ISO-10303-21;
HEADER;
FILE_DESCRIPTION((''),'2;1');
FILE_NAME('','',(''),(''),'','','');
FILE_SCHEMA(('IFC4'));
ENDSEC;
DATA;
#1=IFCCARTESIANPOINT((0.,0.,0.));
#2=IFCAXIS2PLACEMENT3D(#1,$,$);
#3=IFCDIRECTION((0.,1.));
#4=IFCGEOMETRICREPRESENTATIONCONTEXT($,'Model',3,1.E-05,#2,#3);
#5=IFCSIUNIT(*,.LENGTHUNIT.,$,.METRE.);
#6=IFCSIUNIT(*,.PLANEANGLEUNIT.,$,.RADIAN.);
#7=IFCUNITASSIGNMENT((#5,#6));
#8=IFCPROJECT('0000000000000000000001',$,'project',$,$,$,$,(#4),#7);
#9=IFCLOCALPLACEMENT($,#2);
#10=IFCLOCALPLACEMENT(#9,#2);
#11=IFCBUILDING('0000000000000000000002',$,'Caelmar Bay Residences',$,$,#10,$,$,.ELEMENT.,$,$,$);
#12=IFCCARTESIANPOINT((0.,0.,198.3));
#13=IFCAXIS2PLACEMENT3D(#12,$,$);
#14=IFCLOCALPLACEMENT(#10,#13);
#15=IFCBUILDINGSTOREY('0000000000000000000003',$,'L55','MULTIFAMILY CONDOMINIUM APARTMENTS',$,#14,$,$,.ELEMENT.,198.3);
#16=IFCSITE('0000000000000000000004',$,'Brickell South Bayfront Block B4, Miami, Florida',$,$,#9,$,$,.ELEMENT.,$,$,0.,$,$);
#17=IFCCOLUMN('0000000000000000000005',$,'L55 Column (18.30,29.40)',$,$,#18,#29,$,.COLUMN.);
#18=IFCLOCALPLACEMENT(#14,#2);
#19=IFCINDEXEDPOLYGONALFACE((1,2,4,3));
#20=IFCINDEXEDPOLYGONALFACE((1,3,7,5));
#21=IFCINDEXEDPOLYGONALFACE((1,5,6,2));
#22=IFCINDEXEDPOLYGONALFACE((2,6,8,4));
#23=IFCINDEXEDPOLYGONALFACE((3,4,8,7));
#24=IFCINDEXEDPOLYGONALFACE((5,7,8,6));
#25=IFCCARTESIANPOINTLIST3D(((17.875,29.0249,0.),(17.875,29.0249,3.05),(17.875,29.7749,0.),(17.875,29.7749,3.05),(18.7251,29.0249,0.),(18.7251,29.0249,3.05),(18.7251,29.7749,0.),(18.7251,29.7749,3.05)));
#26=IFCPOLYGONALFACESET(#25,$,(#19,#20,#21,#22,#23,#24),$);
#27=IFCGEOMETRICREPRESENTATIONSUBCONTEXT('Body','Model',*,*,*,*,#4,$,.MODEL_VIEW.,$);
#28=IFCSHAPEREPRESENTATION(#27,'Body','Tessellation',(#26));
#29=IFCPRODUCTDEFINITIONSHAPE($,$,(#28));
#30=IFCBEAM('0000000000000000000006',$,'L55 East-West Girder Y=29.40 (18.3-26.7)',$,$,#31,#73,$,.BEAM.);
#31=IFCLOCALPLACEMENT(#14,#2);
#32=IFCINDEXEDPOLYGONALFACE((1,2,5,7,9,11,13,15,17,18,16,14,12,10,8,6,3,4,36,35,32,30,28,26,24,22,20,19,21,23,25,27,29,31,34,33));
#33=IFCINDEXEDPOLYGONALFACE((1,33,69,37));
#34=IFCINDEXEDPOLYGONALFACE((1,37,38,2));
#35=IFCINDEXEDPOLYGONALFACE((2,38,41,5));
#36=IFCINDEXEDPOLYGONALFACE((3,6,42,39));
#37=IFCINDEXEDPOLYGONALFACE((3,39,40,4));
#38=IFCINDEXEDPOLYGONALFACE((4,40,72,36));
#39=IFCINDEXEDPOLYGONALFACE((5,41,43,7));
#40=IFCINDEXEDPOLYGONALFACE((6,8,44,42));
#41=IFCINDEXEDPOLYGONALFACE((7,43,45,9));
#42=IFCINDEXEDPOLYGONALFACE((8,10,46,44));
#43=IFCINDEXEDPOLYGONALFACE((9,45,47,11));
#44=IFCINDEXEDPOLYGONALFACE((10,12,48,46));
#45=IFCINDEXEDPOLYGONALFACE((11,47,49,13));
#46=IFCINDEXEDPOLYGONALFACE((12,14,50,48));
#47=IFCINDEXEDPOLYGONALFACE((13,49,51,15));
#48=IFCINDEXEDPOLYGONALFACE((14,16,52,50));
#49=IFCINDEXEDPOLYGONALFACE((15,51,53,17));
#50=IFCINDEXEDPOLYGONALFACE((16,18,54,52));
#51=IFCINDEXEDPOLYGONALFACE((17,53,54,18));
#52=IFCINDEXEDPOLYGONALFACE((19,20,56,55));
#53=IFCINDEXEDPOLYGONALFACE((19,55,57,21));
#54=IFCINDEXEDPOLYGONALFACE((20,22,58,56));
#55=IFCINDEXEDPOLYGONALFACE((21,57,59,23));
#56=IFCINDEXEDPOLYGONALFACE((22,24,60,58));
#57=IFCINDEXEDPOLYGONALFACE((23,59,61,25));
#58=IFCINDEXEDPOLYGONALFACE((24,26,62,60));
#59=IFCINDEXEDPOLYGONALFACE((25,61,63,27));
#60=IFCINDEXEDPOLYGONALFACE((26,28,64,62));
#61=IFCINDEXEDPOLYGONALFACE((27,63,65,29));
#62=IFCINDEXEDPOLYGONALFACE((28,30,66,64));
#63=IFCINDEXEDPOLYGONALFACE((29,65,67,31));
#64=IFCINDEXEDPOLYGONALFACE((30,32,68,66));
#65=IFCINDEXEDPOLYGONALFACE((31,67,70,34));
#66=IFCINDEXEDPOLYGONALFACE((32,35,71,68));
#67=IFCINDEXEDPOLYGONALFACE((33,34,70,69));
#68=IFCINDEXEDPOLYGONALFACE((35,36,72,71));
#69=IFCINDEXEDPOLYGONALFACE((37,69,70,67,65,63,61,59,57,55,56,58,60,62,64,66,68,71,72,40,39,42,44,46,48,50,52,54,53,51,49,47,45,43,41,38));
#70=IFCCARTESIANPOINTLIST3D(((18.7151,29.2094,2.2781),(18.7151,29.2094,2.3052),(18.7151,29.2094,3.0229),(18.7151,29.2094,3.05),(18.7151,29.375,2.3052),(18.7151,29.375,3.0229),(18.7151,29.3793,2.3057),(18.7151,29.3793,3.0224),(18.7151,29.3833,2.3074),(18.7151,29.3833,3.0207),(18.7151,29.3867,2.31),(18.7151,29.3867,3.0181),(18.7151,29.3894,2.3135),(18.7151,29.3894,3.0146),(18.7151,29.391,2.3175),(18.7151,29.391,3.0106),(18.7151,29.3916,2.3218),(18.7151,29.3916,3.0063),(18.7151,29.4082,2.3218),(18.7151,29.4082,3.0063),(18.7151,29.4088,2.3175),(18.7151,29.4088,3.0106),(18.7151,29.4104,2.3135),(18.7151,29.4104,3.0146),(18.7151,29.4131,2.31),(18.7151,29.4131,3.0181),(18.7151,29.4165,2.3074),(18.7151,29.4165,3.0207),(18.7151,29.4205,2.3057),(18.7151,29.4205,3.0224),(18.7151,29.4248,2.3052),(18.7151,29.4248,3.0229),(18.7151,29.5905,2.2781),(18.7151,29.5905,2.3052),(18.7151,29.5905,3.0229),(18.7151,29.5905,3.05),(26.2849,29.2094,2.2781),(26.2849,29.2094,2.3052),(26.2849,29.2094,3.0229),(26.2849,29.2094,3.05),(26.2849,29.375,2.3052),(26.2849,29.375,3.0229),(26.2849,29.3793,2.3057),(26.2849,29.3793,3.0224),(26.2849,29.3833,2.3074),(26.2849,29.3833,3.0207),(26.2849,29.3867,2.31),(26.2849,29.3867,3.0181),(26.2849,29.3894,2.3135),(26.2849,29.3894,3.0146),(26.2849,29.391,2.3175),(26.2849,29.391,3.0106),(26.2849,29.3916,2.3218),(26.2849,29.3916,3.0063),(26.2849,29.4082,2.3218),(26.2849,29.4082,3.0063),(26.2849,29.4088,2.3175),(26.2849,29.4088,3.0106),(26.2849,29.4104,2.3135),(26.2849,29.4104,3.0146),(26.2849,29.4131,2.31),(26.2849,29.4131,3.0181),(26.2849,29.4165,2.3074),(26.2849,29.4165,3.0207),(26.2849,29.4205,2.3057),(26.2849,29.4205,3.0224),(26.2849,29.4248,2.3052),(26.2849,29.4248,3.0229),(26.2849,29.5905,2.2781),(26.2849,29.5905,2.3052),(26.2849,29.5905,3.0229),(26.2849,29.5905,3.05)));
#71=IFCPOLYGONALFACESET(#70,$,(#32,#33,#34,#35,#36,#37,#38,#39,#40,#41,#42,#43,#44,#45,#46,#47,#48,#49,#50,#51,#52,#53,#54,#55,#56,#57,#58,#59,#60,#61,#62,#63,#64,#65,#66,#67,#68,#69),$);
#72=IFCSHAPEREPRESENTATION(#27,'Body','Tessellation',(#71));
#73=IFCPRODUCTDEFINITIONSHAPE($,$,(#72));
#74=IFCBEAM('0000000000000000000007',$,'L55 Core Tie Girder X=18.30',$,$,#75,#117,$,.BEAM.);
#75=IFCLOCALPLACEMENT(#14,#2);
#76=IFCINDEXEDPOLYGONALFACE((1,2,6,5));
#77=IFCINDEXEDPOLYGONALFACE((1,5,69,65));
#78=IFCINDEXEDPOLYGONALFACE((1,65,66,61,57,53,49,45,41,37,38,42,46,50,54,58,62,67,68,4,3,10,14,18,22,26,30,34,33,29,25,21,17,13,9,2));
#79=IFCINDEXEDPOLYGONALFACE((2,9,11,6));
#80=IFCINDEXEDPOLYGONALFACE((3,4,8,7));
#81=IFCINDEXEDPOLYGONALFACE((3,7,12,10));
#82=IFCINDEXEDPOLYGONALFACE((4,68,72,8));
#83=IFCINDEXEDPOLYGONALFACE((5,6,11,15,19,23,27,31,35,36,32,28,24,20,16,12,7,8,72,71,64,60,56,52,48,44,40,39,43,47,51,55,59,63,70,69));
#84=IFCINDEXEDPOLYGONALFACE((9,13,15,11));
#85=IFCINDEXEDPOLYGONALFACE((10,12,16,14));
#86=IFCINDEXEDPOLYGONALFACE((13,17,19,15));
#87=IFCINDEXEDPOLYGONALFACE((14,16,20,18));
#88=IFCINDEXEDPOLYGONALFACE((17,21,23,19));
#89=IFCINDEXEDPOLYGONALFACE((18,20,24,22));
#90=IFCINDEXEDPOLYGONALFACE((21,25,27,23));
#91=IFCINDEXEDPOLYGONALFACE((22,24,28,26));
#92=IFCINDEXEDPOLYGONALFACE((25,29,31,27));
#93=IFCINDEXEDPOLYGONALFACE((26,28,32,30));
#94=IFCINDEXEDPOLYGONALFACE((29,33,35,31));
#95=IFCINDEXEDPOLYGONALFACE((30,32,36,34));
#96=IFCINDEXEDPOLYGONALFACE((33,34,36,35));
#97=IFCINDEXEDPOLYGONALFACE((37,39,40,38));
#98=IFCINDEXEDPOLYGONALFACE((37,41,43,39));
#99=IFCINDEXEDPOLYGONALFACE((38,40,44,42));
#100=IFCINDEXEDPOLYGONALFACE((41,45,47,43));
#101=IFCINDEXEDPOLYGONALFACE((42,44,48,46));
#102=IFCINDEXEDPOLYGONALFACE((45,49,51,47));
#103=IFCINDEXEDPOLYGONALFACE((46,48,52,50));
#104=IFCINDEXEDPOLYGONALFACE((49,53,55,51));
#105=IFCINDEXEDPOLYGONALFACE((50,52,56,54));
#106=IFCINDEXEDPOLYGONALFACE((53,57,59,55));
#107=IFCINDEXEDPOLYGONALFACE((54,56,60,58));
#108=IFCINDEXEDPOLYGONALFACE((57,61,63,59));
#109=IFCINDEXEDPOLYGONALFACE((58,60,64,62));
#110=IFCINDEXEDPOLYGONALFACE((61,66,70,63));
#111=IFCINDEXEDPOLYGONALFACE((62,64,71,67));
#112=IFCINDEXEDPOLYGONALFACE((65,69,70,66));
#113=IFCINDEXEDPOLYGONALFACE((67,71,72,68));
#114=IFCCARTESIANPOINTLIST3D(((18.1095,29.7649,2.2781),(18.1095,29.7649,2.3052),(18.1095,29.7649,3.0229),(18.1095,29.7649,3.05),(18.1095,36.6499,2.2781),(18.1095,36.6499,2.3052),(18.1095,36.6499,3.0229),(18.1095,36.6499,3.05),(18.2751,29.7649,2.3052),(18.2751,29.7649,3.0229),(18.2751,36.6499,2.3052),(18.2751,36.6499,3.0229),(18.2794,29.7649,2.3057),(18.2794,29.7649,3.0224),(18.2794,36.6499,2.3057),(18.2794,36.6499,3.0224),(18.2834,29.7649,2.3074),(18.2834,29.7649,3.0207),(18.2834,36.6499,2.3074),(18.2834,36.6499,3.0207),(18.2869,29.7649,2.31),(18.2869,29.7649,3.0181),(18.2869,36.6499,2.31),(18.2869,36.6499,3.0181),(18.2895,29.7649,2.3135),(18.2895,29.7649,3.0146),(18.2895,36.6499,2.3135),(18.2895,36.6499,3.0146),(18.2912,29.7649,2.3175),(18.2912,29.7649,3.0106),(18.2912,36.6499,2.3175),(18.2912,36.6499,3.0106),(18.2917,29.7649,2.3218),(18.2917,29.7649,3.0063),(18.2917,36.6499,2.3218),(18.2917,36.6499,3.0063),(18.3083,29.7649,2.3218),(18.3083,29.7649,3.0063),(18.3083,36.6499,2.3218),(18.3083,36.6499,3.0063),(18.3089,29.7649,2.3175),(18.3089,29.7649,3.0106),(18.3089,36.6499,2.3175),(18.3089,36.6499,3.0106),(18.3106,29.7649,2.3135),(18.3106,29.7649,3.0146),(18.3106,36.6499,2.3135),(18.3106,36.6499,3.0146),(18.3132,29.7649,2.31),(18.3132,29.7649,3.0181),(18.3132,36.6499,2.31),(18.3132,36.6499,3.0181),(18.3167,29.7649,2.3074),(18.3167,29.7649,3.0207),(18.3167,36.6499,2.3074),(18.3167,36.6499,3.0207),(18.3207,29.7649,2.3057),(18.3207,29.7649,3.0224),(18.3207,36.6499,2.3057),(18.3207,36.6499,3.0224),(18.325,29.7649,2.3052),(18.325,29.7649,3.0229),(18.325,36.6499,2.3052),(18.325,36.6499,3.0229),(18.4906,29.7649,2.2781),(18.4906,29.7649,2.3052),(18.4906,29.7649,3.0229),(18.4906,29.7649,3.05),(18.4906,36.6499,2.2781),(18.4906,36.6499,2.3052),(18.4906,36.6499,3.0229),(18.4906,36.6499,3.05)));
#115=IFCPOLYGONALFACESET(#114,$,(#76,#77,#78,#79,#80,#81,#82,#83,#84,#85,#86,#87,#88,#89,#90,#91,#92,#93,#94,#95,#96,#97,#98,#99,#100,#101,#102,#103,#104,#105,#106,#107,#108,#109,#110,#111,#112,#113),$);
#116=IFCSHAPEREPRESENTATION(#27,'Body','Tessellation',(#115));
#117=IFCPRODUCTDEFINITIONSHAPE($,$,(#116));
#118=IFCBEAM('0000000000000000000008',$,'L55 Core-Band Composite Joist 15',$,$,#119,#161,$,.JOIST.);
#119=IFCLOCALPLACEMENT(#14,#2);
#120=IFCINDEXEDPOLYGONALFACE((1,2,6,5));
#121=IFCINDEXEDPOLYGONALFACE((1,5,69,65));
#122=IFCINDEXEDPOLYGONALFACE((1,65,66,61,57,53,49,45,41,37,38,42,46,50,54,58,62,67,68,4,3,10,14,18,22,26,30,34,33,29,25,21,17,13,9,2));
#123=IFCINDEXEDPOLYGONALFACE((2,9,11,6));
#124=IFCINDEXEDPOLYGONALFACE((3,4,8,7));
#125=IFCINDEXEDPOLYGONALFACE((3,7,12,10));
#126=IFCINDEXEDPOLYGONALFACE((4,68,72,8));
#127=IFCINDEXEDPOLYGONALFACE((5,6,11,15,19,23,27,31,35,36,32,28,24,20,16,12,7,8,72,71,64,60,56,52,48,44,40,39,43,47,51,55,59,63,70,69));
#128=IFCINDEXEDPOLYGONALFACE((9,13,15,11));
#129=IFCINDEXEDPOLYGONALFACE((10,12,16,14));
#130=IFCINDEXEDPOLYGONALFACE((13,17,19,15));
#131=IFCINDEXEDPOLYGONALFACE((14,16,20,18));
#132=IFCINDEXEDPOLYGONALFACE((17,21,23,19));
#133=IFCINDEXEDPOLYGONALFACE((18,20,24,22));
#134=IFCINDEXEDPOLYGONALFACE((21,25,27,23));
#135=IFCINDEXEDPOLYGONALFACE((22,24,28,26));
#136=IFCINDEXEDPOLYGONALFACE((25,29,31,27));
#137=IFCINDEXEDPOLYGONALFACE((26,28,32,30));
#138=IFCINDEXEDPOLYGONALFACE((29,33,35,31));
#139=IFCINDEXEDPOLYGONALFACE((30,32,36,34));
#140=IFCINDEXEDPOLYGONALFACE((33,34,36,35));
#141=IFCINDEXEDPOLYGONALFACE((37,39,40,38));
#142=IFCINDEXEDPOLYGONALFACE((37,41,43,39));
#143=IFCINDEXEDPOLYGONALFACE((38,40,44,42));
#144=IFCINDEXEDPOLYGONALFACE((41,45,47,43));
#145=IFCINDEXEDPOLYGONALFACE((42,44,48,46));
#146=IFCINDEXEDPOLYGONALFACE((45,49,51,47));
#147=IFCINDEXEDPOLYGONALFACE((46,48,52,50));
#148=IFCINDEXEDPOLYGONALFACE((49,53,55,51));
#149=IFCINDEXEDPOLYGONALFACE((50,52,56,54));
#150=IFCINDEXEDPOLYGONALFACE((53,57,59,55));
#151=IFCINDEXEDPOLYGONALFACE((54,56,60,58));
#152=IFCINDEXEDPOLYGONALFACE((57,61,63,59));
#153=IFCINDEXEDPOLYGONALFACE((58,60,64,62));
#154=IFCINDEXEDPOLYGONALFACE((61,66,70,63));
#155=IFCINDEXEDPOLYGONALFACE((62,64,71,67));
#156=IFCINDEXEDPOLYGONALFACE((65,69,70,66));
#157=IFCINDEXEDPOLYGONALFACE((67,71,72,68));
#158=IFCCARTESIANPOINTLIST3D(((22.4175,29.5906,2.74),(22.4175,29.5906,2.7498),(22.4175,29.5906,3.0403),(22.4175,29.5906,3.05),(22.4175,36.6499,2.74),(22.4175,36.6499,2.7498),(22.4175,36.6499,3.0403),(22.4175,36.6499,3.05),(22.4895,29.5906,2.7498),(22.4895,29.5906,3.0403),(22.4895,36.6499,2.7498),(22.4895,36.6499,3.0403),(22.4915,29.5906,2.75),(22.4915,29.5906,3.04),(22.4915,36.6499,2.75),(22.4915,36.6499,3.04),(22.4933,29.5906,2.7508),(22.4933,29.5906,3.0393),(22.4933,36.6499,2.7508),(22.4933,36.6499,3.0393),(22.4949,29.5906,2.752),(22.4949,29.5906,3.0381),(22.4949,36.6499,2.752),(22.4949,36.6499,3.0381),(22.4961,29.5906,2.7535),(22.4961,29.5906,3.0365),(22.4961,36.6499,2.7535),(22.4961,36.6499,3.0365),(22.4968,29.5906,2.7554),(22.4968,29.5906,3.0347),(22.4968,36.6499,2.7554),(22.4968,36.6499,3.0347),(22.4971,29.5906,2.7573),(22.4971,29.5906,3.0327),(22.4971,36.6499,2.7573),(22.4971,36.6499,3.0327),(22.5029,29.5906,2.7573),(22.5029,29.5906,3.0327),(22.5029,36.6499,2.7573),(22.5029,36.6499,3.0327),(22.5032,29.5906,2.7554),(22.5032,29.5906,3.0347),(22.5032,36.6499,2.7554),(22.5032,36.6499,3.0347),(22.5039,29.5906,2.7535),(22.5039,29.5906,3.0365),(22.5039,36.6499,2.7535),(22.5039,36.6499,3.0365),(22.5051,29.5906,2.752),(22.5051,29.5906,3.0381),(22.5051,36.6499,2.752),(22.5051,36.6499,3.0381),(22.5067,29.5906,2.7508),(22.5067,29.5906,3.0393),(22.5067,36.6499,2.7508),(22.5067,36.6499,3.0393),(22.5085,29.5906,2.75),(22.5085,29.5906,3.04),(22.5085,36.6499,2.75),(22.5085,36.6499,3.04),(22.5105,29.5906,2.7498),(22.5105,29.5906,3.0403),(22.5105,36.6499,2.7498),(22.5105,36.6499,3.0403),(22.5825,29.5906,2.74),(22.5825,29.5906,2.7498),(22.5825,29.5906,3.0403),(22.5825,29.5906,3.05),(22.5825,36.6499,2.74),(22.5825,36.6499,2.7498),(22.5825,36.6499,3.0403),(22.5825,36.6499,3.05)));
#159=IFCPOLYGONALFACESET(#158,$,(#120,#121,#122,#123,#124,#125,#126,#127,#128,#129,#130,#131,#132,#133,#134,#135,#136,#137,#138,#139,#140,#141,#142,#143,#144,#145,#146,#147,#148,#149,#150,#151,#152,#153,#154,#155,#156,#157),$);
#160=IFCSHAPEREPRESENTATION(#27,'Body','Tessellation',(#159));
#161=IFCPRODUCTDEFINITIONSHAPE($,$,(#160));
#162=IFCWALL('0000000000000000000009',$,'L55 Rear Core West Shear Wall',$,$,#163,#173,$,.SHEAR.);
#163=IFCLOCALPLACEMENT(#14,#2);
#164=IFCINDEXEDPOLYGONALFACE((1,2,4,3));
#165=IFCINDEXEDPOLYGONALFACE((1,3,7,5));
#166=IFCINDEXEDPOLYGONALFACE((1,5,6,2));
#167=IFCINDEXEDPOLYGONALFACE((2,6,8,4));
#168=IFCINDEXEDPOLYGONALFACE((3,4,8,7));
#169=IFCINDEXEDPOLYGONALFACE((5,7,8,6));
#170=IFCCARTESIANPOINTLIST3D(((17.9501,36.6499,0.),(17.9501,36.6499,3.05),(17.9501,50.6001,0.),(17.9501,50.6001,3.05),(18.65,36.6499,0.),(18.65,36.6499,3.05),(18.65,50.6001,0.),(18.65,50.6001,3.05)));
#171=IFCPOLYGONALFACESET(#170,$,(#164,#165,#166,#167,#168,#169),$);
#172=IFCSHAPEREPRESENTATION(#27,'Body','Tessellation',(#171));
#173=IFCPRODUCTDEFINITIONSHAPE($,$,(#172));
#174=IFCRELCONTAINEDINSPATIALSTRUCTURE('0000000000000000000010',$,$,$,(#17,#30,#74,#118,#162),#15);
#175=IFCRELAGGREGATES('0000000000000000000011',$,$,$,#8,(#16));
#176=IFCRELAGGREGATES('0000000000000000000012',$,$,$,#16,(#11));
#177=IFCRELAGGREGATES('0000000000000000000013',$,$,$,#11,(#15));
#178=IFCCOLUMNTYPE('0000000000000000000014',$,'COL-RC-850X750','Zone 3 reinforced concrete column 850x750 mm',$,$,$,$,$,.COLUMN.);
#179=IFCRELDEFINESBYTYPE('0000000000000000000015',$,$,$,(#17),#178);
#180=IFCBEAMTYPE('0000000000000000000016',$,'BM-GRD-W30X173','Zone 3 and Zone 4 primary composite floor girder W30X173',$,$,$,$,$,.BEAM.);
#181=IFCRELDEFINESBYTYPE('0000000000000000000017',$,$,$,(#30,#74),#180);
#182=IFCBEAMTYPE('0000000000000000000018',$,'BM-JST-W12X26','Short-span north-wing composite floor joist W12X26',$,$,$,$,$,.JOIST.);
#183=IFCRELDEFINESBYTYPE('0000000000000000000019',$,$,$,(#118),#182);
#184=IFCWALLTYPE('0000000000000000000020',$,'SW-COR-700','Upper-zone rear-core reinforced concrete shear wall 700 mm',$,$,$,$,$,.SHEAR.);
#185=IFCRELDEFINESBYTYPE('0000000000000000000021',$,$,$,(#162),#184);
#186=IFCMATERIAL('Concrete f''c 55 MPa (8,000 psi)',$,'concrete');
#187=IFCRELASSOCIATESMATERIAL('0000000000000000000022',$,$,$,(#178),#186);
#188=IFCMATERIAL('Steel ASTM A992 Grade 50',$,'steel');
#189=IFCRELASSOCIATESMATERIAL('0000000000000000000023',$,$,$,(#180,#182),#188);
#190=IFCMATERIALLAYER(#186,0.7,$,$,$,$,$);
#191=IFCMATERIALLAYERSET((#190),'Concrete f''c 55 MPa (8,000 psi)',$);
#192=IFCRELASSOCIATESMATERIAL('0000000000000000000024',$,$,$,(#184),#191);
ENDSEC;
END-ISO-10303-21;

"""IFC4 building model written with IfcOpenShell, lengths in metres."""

from ifc_helpers import new_model, si_unit, direction, frame, frame_2d, origin, origin_2d, place, context, subcontext, project, spatial, rectangle, i_section, extrude, material, layer, layer_set, material_profile, profile_set, type_object, element, save


model = new_model("IFC4")

# Units and contexts
model_context = context("Model", 3, precision=1e-05, world=origin(), true_north=direction((0.0, 1.0)))
body_context = subcontext(model_context, "Body", "Model", "MODEL_VIEW")
ifc_project = project(units=[si_unit("LENGTHUNIT", "METRE"), si_unit("PLANEANGLEUNIT", "RADIAN")], contexts=[model_context])

# Site, building, storey
site_placement = place(None, origin())
site = spatial("IfcSite", under=ifc_project, at=site_placement, Name="Brickell South Bayfront Block B4, Miami, Florida", CompositionType="ELEMENT", RefElevation=0.0)
building_placement = place(site_placement, origin())
building = spatial("IfcBuilding", under=site, at=building_placement, Name="Caelmar Bay Residences", CompositionType="ELEMENT")
storey_placement = place(building_placement, frame((0.0, 0.0, 198.3)))
storey = spatial("IfcBuildingStorey", under=building, at=storey_placement, Name="L55", Description="MULTIFAMILY CONDOMINIUM APARTMENTS", CompositionType="ELEMENT", Elevation=198.3)

# Column
ifc_material_1 = material(Name="Concrete f'c 55 MPa (8,000 psi)", Category="concrete")
ifc_material_profile_1 = material_profile(ifc_material_1, rectangle(XDim=0.8501, YDim=0.75, at=origin_2d()), Name="RC-COL-850X750")
ifc_profile_set_1 = profile_set([ifc_material_profile_1], Name="Concrete f'c 55 MPa (8,000 psi)")
column_type = type_object("IfcColumnType", Name="COL-RC-850X750", Description="Zone 3 reinforced concrete column 850x750 mm", PredefinedType="COLUMN", material=ifc_profile_set_1)
column_placement = place(storey_placement, frame((18.3, 29.3999, 0.0), z_axis=(0.0, 0.0, 1.0), x_axis=(1.0, 0.0, 0.0)))
element("IfcColumn", 1, at=column_placement, inside=storey, type_object=column_type, Name="L55 Column (18.30,29.40)", PredefinedType="COLUMN", context=body_context, shape_type="SweptSolid", body=[
    extrude(rectangle(XDim=0.8501, YDim=0.75, at=origin_2d()), origin(), (0.0, 0.0, 1.0), 3.05),
])

# Beams
ifc_material_2 = material(Name="Steel ASTM A992 Grade 50", Category="steel")
ifc_material_profile_2 = material_profile(ifc_material_2, i_section(OverallWidth=0.3811, OverallDepth=0.772, WebThickness=0.0166, FlangeThickness=0.0271, FilletRadius=0.0166, at=origin_2d()), Name="W30X173")
ifc_profile_set_2 = profile_set([ifc_material_profile_2], Name="Steel ASTM A992 Grade 50")
beam_type_1 = type_object("IfcBeamType", Name="BM-GRD-W30X173", Description="Zone 3 and Zone 4 primary composite floor girder W30X173", PredefinedType="BEAM", material=ifc_profile_set_2)
beam_1_placement = place(storey_placement, frame((18.7151, 29.3999, 2.6641), z_axis=(1.0, 0.0, 0.0), x_axis=(0.0, 1.0, 0.0)))
element("IfcBeam", 2, at=beam_1_placement, inside=storey, type_object=beam_type_1, Name="L55 East-West Girder Y=29.40 (18.3-26.7)", PredefinedType="BEAM", context=body_context, shape_type="SweptSolid", body=[
    extrude(i_section(OverallWidth=0.3811, OverallDepth=0.772, WebThickness=0.0166, FlangeThickness=0.0271, FilletRadius=0.0166, at=origin_2d()), origin(), (0.0, 0.0, 1.0), 7.5698),
])
beam_2_placement = place(storey_placement, frame((18.3, 29.7649, 2.6641), z_axis=(0.0, 1.0, 0.0), x_axis=(-1.0, 0.0, 0.0)))
element("IfcBeam", 3, at=beam_2_placement, inside=storey, type_object=beam_type_1, Name="L55 Core Tie Girder X=18.30", PredefinedType="BEAM", context=body_context, shape_type="SweptSolid", body=[
    extrude(i_section(OverallWidth=0.3811, OverallDepth=0.772, WebThickness=0.0166, FlangeThickness=0.0271, FilletRadius=0.0166, at=origin_2d()), origin(), (0.0, 0.0, 1.0), 6.885),
])
ifc_material_profile_3 = material_profile(ifc_material_2, i_section(OverallWidth=0.165, OverallDepth=0.3101, WebThickness=0.0059, FlangeThickness=0.0098, FilletRadius=0.0076, at=origin_2d()), Name="W12X26")
ifc_profile_set_3 = profile_set([ifc_material_profile_3], Name="Steel ASTM A992 Grade 50")
beam_type_2 = type_object("IfcBeamType", Name="BM-JST-W12X26", Description="Short-span north-wing composite floor joist W12X26", PredefinedType="JOIST", material=ifc_profile_set_3)
beam_3_placement = place(storey_placement, frame((22.5, 29.5906, 2.895), z_axis=(0.0, 1.0, 0.0), x_axis=(-1.0, 0.0, 0.0)))
element("IfcBeam", 4, at=beam_3_placement, inside=storey, type_object=beam_type_2, Name="L55 Core-Band Composite Joist 15", PredefinedType="JOIST", context=body_context, shape_type="SweptSolid", body=[
    extrude(i_section(OverallWidth=0.165, OverallDepth=0.3101, WebThickness=0.0059, FlangeThickness=0.0098, FilletRadius=0.0076, at=origin_2d()), origin(), (0.0, 0.0, 1.0), 7.0593),
])

# Shared definitions
ifc_layer_1 = layer(ifc_material_1, 0.7)
ifc_layer_set_1 = layer_set([ifc_layer_1], Name="Concrete f'c 55 MPa (8,000 psi)")
wall_type_1 = type_object("IfcWallType", Name="SW-COR-700", Description="Upper-zone rear-core reinforced concrete shear wall 700 mm", PredefinedType="SHEAR", material=ifc_layer_set_1)

# Wall
wall_1_placement = place(storey_placement, frame((18.3, 36.6499, 0.0), z_axis=(0.0, 0.0, 1.0), x_axis=(0.0, 1.0, 0.0)))
element("IfcWall", 5, at=wall_1_placement, inside=storey, type_object=wall_type_1, Name="L55 Rear Core West Shear Wall", PredefinedType="SHEAR", context=body_context, shape_type="SweptSolid", body=[
    extrude(rectangle(XDim=13.9502, YDim=0.7, at=frame_2d((6.9751, 0.0))), origin(), (0.0, 0.0, 1.0), 3.05),
])

save(model, "model.ifc")
